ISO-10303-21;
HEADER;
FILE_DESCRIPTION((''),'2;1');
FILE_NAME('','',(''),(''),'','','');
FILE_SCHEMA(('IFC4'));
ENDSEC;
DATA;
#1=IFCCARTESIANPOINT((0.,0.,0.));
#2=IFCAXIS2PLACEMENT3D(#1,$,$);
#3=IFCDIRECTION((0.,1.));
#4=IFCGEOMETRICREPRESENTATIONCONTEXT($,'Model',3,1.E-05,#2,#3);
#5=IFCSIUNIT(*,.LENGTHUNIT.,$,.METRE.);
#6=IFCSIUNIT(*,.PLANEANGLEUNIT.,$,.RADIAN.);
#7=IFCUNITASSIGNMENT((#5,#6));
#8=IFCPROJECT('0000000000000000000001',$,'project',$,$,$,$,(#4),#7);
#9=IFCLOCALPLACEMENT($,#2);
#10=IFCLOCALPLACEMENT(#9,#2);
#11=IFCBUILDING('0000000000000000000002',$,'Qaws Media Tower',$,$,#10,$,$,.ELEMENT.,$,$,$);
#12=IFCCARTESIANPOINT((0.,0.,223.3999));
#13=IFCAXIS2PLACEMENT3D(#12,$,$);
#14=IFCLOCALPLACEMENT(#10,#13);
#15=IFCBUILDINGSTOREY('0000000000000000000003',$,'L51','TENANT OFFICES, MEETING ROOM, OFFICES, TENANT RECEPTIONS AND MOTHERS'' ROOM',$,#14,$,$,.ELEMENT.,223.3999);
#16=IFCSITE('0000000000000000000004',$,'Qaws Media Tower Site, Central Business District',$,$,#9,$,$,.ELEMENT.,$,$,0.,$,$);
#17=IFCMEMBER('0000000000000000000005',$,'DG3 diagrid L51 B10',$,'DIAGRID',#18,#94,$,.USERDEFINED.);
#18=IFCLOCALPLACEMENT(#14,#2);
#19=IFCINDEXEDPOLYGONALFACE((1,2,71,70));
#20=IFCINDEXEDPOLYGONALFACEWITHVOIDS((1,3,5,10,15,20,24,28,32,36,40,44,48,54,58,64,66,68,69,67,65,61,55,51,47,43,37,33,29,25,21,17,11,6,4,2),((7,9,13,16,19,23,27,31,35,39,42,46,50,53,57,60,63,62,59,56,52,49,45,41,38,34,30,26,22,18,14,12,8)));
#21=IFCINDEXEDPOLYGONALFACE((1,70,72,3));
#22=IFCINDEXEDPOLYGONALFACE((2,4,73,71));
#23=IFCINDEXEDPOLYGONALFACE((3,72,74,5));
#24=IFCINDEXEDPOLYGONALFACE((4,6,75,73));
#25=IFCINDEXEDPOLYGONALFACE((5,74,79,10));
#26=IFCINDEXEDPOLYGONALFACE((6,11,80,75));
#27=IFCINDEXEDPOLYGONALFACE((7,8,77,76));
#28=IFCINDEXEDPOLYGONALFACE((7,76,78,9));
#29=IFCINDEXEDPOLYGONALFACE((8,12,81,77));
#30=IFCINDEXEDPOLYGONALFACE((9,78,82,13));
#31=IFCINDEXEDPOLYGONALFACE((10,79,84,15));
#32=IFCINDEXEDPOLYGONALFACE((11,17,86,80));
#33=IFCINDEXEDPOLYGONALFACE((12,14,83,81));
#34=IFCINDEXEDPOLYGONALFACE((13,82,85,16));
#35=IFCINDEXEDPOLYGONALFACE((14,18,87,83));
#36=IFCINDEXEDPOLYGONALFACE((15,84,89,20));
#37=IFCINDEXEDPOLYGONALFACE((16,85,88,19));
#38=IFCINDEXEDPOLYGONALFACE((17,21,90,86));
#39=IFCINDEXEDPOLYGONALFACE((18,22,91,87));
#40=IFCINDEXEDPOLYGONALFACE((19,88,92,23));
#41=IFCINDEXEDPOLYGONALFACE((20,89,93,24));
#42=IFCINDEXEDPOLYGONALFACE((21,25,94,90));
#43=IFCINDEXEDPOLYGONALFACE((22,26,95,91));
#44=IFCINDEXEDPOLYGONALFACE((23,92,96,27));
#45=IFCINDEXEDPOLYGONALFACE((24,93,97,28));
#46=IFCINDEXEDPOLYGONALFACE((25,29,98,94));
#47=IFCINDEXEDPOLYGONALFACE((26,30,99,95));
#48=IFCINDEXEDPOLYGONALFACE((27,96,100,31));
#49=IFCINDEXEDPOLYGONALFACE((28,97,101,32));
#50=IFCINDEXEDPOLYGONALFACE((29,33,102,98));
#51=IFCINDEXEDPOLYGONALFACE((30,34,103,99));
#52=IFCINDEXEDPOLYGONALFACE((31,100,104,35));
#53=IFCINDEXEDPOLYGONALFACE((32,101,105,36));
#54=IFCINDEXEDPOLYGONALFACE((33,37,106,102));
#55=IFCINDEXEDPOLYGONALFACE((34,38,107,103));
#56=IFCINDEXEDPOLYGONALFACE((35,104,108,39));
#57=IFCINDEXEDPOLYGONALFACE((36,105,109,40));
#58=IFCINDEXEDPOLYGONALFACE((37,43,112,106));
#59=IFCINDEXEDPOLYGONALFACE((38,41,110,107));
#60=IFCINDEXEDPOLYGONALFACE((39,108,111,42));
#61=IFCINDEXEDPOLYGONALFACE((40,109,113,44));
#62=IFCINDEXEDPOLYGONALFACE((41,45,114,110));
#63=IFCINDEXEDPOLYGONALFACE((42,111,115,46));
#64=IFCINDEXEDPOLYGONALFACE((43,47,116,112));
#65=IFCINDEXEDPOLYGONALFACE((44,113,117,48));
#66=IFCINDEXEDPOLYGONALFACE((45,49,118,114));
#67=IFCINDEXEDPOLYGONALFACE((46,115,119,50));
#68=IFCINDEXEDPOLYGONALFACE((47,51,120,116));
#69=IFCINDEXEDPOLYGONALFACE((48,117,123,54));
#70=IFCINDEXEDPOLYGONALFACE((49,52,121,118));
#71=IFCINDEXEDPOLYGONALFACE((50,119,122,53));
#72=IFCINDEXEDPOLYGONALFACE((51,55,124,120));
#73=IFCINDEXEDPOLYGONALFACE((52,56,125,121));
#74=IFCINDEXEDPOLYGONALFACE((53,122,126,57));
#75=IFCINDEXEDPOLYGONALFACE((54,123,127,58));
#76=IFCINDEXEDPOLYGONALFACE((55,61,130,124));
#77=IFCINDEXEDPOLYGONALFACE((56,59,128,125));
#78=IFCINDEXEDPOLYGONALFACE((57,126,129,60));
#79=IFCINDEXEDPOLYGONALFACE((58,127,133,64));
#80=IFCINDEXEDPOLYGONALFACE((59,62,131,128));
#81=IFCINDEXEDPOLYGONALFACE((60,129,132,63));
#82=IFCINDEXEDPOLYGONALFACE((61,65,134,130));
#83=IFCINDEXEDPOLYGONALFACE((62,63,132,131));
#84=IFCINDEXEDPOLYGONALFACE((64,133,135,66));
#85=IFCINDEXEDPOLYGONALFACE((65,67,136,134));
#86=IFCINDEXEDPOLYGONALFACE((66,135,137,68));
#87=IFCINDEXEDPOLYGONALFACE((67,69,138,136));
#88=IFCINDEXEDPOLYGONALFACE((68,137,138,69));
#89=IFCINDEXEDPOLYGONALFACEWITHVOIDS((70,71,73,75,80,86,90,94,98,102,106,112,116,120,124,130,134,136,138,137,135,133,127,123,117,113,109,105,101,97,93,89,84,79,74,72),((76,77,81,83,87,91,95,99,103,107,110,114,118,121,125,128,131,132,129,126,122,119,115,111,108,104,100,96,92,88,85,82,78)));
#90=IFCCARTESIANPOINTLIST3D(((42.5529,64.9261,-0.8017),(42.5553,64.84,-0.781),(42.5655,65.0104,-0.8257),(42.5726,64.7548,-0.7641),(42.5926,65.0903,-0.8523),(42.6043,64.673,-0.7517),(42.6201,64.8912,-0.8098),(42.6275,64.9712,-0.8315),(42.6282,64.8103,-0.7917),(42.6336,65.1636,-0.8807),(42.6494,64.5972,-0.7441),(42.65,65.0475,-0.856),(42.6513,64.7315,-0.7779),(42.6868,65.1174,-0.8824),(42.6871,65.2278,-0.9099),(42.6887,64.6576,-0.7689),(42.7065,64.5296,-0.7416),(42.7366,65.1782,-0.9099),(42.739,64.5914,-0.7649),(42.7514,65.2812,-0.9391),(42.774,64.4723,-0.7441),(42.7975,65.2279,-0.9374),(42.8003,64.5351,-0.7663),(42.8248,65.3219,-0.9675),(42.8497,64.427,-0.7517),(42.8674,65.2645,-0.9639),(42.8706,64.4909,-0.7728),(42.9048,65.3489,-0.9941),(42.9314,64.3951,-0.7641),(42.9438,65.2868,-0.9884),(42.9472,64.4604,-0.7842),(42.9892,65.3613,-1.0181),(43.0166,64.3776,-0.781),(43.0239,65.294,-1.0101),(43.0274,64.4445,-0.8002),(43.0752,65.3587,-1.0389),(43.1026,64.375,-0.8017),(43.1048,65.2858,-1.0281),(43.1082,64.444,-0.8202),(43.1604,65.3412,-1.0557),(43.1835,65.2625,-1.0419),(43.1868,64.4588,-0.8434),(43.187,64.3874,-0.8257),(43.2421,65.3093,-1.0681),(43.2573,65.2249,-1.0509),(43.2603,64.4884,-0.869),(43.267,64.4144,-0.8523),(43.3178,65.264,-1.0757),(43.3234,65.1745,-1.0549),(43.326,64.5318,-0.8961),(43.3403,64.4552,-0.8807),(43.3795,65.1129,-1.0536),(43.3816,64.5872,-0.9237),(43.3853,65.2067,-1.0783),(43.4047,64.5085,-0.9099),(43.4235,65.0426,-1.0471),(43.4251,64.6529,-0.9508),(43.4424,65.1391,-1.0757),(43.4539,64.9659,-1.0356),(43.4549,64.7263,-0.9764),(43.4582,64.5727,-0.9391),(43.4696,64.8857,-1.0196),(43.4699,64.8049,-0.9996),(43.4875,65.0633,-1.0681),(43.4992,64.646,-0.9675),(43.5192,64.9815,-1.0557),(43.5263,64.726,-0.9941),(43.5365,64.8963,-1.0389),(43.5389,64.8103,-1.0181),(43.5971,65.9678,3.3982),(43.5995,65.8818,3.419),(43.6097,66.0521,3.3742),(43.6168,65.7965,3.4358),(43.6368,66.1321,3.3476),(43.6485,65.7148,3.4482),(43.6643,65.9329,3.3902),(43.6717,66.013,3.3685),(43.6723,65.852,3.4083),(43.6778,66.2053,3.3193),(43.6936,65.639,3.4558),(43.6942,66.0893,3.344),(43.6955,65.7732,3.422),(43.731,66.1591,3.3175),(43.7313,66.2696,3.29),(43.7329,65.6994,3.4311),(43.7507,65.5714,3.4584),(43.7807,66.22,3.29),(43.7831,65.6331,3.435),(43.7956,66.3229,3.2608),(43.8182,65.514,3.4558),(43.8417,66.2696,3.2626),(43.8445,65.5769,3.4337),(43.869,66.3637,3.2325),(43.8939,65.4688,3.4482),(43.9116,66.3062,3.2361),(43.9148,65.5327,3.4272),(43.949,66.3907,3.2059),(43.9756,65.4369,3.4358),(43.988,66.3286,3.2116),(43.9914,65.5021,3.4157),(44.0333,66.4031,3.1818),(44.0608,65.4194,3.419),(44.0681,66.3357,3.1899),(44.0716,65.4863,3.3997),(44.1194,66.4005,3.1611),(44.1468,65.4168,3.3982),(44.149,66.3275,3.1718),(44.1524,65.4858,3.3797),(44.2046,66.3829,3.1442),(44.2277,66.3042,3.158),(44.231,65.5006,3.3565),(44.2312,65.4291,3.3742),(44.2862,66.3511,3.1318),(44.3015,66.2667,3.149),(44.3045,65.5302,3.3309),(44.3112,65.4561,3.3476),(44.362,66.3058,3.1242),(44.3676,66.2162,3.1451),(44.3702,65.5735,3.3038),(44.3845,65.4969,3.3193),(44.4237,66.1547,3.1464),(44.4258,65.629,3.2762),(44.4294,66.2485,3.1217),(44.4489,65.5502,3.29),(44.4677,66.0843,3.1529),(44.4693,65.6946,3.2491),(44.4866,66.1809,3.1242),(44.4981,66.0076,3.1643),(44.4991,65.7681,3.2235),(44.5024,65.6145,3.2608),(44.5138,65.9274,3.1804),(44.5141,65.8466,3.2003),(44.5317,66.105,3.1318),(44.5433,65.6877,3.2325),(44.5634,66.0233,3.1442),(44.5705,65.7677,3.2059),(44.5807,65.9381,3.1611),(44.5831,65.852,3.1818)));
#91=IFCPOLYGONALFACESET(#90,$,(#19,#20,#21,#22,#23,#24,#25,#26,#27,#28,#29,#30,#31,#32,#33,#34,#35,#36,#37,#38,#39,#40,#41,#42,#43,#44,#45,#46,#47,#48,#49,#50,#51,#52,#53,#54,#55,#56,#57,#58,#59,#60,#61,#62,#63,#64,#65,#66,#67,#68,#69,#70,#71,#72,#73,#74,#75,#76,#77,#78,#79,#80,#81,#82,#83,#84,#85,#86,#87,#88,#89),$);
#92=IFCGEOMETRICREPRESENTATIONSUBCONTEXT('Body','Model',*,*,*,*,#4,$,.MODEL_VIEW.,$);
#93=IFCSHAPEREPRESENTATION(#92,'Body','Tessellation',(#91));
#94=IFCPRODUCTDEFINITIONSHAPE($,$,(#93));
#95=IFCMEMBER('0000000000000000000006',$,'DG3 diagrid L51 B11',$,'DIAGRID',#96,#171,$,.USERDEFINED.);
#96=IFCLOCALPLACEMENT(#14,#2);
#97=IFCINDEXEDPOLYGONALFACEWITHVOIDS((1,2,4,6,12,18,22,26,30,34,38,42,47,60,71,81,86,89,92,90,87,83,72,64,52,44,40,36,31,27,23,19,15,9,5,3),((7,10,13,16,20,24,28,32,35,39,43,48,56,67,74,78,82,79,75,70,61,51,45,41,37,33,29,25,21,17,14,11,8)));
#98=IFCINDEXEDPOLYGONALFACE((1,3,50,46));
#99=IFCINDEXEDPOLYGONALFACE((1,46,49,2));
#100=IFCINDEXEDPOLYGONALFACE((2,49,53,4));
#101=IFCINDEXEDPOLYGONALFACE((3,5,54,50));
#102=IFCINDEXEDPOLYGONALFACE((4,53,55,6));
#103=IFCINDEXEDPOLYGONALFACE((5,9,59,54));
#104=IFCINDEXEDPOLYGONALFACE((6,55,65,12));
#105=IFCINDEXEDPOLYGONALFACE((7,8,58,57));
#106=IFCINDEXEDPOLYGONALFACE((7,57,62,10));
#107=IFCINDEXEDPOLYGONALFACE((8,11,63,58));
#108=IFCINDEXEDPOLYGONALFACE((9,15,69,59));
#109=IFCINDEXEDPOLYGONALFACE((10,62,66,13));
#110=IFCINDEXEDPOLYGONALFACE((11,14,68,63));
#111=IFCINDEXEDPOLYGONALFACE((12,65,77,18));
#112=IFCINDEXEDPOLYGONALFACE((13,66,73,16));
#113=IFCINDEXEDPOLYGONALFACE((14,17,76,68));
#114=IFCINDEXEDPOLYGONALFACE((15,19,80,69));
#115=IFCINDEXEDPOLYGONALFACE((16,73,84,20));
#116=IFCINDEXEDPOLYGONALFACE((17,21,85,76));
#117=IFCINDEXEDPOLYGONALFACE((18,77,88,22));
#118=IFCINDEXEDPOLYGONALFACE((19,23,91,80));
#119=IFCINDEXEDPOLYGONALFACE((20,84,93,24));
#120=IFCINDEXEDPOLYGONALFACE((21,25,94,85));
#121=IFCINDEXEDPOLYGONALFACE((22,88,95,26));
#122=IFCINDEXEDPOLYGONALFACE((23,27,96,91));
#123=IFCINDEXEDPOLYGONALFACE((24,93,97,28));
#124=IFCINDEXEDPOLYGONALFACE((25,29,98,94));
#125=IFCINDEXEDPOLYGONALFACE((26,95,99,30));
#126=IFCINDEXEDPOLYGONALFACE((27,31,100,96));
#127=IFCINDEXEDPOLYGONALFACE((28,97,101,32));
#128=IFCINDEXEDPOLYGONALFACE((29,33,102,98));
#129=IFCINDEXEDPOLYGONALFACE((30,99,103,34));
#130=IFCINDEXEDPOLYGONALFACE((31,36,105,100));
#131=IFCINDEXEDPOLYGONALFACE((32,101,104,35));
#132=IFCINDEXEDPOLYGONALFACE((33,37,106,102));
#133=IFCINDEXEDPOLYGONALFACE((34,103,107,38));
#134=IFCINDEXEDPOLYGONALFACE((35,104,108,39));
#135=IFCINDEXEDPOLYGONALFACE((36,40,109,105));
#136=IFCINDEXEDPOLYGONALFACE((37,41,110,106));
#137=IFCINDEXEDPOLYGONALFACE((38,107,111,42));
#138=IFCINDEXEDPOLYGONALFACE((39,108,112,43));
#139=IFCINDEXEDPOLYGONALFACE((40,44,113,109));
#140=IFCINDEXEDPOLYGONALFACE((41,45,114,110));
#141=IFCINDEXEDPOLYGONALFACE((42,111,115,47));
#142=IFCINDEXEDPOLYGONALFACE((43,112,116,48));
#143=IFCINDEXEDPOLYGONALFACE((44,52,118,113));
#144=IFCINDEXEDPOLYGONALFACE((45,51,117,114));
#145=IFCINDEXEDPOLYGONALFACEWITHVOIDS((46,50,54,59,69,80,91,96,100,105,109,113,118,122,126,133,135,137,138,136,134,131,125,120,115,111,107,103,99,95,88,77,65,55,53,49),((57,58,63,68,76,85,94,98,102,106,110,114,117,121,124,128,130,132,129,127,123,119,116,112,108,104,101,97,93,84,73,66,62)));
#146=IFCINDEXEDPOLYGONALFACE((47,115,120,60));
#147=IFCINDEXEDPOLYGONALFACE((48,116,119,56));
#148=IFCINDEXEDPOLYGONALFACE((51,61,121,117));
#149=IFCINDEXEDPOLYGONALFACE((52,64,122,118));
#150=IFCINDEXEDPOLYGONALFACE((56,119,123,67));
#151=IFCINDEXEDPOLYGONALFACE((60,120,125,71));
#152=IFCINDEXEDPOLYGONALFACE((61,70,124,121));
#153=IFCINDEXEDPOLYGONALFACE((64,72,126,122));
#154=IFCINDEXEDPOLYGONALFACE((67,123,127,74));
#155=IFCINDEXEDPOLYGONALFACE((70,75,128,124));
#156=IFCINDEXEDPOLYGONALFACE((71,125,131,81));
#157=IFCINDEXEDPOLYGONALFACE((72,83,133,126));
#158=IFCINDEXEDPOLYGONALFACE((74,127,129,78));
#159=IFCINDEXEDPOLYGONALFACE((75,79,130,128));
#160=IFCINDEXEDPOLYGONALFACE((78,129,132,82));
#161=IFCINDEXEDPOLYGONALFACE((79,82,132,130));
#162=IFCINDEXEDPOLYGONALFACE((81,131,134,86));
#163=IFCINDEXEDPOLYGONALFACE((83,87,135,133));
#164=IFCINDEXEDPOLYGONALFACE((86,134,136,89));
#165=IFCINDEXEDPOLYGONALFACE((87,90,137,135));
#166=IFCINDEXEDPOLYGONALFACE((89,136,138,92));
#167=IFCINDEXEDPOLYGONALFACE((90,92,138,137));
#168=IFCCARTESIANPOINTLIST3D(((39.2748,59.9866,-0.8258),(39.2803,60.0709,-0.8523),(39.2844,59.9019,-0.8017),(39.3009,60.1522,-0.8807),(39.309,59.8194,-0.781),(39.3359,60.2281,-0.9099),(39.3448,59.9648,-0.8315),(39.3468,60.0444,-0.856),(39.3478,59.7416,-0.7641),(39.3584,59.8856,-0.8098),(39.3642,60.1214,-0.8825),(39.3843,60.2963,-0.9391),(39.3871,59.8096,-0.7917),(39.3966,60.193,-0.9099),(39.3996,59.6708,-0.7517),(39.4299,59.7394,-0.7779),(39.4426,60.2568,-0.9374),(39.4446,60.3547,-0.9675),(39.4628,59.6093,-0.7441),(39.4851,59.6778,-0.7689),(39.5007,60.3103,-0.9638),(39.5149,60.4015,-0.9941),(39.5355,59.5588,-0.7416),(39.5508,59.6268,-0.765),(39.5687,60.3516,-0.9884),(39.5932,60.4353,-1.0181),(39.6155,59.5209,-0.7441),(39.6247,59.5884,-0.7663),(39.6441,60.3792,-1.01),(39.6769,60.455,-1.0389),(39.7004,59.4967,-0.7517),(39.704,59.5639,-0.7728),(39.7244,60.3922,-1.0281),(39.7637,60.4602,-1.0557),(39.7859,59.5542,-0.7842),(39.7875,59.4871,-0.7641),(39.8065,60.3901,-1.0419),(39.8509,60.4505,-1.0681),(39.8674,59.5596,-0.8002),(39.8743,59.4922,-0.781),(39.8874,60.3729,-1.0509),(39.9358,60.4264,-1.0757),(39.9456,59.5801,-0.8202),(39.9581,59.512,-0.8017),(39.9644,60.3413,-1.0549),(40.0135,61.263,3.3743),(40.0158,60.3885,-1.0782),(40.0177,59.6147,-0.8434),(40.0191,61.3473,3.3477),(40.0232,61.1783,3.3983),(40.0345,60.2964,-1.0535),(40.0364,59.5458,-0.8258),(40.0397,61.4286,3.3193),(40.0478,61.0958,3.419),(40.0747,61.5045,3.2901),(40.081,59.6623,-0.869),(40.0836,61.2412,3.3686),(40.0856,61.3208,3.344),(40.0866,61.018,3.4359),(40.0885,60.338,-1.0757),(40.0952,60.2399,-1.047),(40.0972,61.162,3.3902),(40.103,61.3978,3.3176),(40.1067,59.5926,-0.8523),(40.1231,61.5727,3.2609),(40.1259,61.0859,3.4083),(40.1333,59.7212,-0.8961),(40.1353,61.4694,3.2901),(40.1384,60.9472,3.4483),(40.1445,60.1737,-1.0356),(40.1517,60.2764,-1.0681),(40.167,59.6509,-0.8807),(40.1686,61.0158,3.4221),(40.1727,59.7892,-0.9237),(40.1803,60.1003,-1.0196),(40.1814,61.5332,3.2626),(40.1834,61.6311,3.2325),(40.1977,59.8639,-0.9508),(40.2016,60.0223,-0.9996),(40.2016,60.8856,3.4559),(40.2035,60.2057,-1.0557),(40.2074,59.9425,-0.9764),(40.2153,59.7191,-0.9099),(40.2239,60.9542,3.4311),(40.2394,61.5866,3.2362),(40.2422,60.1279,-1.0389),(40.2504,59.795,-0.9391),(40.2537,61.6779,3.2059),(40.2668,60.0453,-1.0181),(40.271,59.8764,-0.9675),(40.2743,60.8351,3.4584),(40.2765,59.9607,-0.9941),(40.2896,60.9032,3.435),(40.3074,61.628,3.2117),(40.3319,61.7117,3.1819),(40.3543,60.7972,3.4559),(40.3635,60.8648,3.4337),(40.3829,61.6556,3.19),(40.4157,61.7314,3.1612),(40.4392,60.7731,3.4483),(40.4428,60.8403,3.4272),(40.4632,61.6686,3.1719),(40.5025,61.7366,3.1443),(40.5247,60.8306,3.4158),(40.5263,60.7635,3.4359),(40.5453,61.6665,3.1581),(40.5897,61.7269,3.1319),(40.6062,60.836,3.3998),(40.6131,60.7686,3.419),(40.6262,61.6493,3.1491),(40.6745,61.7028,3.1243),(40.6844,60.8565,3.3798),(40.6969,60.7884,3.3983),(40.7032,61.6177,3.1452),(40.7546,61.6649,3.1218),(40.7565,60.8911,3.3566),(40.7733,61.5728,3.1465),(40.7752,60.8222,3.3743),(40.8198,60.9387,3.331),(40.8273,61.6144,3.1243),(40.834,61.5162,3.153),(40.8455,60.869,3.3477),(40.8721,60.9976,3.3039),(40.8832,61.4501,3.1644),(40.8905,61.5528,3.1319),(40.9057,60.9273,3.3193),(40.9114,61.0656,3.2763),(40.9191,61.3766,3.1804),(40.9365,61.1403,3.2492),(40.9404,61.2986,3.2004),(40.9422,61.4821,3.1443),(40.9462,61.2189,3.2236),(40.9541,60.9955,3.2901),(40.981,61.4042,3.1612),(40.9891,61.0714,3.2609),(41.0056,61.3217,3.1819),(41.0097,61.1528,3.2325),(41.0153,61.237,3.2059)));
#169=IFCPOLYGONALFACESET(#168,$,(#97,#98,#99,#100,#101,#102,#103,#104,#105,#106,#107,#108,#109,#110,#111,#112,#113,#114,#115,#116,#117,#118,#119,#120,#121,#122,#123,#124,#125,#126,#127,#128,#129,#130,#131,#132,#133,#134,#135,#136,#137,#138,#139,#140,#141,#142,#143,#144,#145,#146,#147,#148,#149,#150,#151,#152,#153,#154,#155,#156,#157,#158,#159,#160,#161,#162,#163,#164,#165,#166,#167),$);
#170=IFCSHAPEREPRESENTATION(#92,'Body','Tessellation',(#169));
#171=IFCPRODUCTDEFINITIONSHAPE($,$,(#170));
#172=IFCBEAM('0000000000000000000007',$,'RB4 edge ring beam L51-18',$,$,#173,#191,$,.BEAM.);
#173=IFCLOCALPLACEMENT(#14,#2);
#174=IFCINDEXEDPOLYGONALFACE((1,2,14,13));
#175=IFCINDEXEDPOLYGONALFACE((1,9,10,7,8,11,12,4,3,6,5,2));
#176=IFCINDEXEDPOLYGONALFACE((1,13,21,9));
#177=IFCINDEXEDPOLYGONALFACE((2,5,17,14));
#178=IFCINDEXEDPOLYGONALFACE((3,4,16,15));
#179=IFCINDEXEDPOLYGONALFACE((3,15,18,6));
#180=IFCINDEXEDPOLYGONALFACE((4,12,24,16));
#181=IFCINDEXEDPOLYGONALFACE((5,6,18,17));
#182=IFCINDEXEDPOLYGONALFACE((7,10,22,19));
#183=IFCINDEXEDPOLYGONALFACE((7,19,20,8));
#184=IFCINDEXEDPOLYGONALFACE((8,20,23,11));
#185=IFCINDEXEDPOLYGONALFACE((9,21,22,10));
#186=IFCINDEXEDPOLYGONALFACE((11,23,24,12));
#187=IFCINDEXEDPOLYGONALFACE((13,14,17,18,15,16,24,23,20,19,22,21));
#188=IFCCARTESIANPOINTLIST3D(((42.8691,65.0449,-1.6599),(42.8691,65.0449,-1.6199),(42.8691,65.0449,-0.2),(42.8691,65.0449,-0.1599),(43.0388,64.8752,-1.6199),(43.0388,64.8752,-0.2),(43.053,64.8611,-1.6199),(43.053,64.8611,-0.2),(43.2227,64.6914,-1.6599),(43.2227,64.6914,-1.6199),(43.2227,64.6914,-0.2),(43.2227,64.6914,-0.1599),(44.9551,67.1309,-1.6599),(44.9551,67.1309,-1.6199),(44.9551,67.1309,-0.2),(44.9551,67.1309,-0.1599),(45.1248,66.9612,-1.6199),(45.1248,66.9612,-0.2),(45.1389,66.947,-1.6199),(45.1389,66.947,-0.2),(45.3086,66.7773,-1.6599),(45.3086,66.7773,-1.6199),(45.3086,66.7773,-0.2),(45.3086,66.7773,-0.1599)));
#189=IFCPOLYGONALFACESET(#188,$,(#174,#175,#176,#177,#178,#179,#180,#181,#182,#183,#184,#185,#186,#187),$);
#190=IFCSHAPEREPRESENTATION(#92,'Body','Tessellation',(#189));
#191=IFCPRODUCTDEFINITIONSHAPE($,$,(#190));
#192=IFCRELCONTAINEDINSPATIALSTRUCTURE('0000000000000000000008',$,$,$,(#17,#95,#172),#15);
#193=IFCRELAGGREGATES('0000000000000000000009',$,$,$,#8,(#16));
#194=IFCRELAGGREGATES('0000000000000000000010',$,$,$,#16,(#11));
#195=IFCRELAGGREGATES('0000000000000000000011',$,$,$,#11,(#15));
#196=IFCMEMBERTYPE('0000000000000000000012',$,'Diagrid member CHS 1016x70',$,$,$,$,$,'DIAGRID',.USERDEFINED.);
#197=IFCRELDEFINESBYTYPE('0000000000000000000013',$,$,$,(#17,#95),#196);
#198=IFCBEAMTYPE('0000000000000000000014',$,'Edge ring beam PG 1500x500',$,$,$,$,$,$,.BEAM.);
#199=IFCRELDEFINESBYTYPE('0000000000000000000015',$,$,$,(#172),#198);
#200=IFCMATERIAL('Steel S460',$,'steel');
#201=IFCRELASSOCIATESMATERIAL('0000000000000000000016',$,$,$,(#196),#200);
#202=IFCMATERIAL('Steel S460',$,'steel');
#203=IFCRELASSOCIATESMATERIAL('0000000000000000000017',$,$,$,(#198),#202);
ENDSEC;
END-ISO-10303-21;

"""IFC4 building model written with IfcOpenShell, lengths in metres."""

from ifc_helpers import new_model, si_unit, direction, frame, origin, origin_2d, place, context, subcontext, project, spatial, hollow_circle, i_section, extrude, material, material_profile, profile_set, type_object, element, save


model = new_model("IFC4")

# Units and contexts
model_context = context("Model", 3, precision=1e-05, world=origin(), true_north=direction((0.0, 1.0)))
body_context = subcontext(model_context, "Body", "Model", "MODEL_VIEW")
ifc_project = project(units=[si_unit("LENGTHUNIT", "METRE"), si_unit("PLANEANGLEUNIT", "RADIAN")], contexts=[model_context])

# Site, building, storey
site_placement = place(None, origin())
site = spatial("IfcSite", under=ifc_project, at=site_placement, Name="Qaws Media Tower Site, Central Business District", CompositionType="ELEMENT", RefElevation=0.0)
building_placement = place(site_placement, origin())
building = spatial("IfcBuilding", under=site, at=building_placement, Name="Qaws Media Tower", CompositionType="ELEMENT")
storey_placement = place(building_placement, frame((0.0, 0.0, 223.3999)))
storey = spatial("IfcBuildingStorey", under=building, at=storey_placement, Name="L51", Description="TENANT OFFICES, MEETING ROOM, OFFICES, TENANT RECEPTIONS AND MOTHERS' ROOM", CompositionType="ELEMENT", Elevation=223.3999)

# Members
ifc_material_1 = material(Name="Steel S460", Category="steel")
ifc_material_profile_1 = material_profile(ifc_material_1, hollow_circle(Radius=0.5081, WallThickness=0.0701, at=origin_2d()), Name="CHS 1016x70")
ifc_profile_set_1 = profile_set([ifc_material_profile_1], Name="Steel S460")
member_type_1 = type_object("IfcMemberType", Name="Diagrid member CHS 1016x70", ElementType="DIAGRID", PredefinedType="USERDEFINED", material=ifc_profile_set_1)
for number, where, z_axis, x_axis, name in (
    (1, (43.0459, 64.8682, -0.9099), (0.234574, 0.234026, 0.943508), (-0.706279, 0.707934, 0.0), "DG3 diagrid L51 B10"),
    (2, (39.7756, 59.9736, -0.9099), (0.165965, 0.286737, 0.943524), (-0.865479, 0.500945, 0.0), "DG3 diagrid L51 B11"),
):
    element("IfcMember", number, at=place(storey_placement, frame(where, z_axis=z_axis, x_axis=x_axis)), inside=storey, type_object=member_type_1, Name=name, ObjectType="DIAGRID", PredefinedType="USERDEFINED", context=body_context, shape_type="SweptSolid", body=[
        extrude(hollow_circle(Radius=0.5081, WallThickness=0.0701, at=origin_2d()), origin(), (0.0, 0.0, 1.0), 4.4514),
    ])

# Beam
ifc_material_2 = material(Name="Steel S460", Category="steel")
ifc_material_profile_2 = material_profile(ifc_material_2, i_section(OverallWidth=0.5, OverallDepth=1.5, WebThickness=0.02, FlangeThickness=0.04, at=origin_2d()), Name="PG 1500x500")
ifc_profile_set_2 = profile_set([ifc_material_profile_2], Name="Steel S460")
beam_type = type_object("IfcBeamType", Name="Edge ring beam PG 1500x500", PredefinedType="BEAM", material=ifc_profile_set_2)
beam_1_placement = place(storey_placement, frame((45.1318, 66.9541, -0.9099), z_axis=(-0.707107, -0.707107, 0.0), x_axis=(0.707107, -0.707107, 0.0)))
element("IfcBeam", 3, at=beam_1_placement, inside=storey, type_object=beam_type, Name="RB4 edge ring beam L51-18", PredefinedType="BEAM", context=body_context, shape_type="SweptSolid", body=[
    extrude(i_section(OverallWidth=0.5, OverallDepth=1.5, WebThickness=0.02, FlangeThickness=0.04, at=origin_2d()), origin(), (0.0, 0.0, 1.0), 2.95),
])

save(model, "model.ifc")
